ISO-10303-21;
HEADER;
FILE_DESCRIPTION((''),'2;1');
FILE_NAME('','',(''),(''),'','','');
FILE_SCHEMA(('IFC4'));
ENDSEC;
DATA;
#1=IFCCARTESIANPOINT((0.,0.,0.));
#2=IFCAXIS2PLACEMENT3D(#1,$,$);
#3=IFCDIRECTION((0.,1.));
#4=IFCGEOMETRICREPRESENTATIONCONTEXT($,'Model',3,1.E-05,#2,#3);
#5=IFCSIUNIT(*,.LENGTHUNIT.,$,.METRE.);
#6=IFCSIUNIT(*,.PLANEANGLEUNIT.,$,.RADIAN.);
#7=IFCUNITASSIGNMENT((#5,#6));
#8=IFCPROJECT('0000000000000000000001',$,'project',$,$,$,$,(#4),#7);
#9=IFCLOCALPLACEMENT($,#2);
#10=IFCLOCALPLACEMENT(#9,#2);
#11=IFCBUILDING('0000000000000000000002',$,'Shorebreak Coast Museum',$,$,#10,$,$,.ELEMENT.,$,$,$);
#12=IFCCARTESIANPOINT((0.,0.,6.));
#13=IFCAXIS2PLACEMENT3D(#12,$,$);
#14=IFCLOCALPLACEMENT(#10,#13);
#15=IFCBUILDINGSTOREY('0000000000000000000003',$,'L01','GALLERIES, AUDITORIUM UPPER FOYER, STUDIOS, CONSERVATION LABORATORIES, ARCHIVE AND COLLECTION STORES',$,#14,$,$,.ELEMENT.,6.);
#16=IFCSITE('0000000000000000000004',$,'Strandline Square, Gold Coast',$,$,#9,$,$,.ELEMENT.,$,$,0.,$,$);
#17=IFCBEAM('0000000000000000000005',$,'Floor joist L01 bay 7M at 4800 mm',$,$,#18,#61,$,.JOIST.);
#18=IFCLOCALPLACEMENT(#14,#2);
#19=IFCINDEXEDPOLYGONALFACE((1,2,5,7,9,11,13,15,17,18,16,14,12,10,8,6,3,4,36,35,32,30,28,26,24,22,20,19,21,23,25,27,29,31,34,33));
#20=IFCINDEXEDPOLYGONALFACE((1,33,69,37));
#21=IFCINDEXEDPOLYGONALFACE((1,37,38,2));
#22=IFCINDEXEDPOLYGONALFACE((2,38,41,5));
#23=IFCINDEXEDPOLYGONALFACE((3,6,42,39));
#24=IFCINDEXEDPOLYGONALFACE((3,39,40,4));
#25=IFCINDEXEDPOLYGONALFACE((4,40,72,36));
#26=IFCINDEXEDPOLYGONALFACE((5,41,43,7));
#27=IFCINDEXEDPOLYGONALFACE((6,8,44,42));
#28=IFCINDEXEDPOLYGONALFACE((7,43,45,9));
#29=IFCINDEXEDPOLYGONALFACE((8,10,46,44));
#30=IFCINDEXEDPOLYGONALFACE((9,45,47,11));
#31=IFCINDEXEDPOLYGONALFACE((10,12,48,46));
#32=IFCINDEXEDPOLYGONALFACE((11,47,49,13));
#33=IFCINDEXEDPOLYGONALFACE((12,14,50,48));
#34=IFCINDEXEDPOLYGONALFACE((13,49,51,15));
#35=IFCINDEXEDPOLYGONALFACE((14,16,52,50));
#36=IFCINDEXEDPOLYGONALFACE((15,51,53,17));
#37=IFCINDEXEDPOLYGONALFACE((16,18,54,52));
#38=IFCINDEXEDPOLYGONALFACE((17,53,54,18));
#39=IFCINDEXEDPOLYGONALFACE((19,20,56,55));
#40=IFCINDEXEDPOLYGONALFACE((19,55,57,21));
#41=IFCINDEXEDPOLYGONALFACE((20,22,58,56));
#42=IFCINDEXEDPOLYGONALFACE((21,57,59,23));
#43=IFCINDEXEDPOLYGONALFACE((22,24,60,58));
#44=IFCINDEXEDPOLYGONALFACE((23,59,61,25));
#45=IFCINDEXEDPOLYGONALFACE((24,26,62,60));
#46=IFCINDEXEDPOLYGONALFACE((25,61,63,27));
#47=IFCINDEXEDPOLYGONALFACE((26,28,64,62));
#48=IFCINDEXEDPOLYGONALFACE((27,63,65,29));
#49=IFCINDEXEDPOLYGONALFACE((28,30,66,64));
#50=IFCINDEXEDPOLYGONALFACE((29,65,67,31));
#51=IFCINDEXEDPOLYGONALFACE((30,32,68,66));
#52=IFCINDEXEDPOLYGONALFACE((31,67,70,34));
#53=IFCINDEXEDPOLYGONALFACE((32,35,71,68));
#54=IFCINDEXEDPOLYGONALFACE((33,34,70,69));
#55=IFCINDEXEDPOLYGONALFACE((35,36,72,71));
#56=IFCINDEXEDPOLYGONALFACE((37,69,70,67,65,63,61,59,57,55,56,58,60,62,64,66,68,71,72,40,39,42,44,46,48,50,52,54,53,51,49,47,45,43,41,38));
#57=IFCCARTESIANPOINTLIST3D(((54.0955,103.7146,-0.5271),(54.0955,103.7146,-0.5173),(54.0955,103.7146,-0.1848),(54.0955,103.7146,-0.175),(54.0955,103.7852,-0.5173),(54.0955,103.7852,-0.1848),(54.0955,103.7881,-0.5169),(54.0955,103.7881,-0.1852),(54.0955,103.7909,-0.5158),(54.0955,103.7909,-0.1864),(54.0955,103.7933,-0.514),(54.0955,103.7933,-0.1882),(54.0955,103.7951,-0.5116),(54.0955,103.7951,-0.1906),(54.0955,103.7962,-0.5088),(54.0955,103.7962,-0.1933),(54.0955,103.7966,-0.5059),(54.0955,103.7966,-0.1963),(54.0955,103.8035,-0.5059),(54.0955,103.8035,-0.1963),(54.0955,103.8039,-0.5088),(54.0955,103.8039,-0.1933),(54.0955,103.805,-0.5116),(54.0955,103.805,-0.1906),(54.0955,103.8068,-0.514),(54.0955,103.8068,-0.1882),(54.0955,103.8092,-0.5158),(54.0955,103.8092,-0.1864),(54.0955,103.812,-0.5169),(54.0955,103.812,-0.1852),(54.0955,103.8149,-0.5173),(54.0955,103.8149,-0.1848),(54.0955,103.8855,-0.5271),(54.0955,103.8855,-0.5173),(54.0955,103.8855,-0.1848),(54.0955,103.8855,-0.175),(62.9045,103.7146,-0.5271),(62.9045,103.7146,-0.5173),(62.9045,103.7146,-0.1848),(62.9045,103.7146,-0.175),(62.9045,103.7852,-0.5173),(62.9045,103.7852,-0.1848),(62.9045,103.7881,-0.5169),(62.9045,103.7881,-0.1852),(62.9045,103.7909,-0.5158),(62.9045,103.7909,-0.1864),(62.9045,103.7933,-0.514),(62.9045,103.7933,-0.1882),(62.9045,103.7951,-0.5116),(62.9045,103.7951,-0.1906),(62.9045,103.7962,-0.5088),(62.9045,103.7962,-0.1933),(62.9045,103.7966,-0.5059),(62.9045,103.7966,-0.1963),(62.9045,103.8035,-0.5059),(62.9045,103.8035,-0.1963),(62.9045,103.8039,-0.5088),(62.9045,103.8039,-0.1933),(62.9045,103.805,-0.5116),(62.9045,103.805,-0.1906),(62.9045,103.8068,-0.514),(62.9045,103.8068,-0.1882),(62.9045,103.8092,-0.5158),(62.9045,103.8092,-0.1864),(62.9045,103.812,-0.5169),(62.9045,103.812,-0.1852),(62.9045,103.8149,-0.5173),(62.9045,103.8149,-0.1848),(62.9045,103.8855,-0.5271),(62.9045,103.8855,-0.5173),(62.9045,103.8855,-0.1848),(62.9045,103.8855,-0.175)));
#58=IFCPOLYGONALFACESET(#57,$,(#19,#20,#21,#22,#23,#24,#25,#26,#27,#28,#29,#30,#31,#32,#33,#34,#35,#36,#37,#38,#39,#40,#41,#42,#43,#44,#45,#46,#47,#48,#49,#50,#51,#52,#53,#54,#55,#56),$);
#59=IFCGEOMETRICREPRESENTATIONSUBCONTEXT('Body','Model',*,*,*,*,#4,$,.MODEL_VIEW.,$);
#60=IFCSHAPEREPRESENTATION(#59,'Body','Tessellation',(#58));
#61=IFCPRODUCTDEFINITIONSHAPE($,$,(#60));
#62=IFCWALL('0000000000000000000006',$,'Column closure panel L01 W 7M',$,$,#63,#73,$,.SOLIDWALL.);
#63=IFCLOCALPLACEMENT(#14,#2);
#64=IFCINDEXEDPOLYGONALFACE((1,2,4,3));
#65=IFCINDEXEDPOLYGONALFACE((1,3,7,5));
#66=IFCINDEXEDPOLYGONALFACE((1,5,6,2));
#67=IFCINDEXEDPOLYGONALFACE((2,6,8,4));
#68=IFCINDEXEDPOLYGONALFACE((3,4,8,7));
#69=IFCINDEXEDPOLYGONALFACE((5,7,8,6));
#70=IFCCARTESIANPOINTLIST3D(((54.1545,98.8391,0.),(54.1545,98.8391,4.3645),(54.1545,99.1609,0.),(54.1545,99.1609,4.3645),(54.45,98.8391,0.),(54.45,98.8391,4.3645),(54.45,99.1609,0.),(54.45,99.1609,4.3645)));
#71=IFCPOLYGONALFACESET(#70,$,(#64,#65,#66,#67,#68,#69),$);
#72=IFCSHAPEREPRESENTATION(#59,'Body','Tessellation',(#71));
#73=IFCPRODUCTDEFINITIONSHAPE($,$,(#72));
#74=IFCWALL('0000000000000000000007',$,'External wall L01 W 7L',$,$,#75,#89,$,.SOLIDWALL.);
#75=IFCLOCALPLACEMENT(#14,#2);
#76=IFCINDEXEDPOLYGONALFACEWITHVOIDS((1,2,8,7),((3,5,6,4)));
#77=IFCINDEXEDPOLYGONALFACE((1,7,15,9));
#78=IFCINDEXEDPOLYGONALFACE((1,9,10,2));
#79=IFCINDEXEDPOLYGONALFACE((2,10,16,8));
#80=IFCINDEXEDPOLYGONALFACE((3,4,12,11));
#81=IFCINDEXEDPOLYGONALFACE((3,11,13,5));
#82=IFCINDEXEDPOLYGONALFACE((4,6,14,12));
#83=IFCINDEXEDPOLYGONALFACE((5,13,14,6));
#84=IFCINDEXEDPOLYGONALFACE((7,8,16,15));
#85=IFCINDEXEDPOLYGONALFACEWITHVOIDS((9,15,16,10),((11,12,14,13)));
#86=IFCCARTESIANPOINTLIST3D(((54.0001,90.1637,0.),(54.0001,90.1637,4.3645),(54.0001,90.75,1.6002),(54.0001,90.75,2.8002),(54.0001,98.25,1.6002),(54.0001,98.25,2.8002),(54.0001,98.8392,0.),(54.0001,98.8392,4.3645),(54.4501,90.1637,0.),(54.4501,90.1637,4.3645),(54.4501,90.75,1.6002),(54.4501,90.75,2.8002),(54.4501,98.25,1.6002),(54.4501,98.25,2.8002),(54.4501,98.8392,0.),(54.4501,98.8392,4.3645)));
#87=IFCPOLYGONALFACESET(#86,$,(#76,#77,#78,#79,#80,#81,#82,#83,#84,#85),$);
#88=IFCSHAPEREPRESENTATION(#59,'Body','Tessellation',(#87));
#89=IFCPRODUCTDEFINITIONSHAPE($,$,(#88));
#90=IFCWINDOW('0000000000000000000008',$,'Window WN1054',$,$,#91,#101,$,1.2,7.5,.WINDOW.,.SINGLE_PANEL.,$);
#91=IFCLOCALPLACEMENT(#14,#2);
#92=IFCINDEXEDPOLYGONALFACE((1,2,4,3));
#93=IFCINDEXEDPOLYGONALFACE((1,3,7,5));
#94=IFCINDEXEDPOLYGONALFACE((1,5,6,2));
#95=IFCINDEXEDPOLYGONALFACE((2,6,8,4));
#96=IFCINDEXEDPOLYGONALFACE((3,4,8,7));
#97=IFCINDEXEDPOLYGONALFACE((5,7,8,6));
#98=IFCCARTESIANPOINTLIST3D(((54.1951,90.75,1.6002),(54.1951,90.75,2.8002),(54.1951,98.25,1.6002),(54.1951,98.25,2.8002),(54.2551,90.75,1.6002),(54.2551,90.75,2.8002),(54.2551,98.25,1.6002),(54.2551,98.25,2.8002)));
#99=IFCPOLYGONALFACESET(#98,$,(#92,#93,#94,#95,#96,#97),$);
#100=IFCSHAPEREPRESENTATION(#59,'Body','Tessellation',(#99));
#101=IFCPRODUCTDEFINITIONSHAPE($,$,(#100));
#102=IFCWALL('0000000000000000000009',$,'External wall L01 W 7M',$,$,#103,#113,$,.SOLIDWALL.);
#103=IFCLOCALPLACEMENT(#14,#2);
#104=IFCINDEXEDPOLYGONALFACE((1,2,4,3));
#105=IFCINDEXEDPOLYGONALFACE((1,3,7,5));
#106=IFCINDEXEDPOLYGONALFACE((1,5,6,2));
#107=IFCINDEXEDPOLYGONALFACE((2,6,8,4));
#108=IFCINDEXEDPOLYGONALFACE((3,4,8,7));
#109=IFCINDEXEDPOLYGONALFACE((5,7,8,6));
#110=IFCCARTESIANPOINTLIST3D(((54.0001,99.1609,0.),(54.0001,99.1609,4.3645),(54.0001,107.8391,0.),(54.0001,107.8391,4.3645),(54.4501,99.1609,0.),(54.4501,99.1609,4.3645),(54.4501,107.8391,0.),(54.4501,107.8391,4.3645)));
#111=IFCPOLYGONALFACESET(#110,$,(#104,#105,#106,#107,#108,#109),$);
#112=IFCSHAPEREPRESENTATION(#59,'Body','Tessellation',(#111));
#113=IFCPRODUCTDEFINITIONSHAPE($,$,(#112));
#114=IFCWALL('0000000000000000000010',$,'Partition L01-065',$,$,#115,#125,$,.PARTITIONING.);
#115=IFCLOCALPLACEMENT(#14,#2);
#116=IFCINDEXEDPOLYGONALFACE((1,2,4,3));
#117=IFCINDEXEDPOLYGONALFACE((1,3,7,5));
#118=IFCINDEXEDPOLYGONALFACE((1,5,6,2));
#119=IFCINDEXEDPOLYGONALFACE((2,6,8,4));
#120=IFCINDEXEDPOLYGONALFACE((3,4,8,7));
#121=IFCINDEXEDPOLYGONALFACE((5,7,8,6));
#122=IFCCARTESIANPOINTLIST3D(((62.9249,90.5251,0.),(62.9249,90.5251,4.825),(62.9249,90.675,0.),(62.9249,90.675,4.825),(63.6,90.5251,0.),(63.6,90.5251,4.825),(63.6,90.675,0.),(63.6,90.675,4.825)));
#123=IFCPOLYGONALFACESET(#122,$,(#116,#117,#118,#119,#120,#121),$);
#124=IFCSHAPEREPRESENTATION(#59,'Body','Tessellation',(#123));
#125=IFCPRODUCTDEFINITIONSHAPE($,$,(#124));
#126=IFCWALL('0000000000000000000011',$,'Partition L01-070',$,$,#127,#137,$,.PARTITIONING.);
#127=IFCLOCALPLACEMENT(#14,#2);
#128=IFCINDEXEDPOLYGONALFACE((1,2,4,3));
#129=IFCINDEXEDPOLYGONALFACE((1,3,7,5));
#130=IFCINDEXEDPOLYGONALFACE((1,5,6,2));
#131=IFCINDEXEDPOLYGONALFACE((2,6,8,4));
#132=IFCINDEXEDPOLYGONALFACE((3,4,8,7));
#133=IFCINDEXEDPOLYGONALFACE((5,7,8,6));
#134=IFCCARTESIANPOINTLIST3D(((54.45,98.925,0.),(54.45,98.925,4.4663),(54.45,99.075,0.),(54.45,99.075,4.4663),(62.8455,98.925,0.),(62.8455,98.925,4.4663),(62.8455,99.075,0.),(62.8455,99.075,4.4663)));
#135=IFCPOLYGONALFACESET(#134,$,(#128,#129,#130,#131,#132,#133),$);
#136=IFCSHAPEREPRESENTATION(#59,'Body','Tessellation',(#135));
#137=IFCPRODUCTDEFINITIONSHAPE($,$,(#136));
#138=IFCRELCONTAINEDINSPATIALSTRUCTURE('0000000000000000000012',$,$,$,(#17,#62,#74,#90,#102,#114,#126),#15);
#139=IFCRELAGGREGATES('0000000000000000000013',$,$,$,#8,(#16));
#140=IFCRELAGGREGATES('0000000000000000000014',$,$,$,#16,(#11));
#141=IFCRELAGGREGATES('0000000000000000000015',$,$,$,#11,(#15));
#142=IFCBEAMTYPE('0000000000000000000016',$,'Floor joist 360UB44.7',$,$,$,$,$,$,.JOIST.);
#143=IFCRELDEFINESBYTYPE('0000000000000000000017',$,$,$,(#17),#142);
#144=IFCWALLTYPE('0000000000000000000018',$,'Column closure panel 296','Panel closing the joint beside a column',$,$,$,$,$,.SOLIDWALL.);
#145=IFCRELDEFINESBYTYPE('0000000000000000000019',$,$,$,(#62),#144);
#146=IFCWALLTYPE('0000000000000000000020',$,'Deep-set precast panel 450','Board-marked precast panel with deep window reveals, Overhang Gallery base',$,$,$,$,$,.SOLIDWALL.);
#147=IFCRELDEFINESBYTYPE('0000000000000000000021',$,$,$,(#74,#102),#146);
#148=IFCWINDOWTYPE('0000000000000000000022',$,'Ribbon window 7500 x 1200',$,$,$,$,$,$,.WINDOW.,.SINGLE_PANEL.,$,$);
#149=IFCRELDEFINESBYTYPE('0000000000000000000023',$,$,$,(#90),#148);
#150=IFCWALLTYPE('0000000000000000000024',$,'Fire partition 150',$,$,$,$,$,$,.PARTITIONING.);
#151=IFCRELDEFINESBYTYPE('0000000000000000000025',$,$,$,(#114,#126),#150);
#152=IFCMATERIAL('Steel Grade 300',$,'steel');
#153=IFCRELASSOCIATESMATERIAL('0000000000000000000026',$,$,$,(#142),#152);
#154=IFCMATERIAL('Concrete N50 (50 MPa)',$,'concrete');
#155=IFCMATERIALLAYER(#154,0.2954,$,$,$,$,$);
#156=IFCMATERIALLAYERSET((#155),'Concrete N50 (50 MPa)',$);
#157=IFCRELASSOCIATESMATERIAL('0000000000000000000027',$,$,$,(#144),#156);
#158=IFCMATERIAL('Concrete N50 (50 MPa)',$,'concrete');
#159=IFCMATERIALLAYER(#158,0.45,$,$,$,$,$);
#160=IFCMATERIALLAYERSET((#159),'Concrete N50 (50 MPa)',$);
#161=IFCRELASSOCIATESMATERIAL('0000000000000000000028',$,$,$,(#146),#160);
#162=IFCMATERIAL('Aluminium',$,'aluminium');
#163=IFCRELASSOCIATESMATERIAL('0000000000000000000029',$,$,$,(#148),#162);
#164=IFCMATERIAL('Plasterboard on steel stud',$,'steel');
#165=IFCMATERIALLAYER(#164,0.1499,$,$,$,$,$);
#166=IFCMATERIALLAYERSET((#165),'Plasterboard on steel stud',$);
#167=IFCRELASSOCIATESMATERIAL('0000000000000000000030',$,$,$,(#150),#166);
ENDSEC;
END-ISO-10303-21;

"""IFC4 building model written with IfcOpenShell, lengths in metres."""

from ifc_helpers import new_model, si_unit, direction, frame, frame_2d, origin, origin_2d, place, context, subcontext, project, spatial, rectangle, i_section, extrude, material, layer, layer_set, material_profile, profile_set, type_object, element, fill, save


model = new_model("IFC4")

# Units and contexts
model_context = context("Model", 3, precision=1e-05, world=origin(), true_north=direction((0.0, 1.0)))
body_context = subcontext(model_context, "Body", "Model", "MODEL_VIEW")
ifc_project = project(units=[si_unit("LENGTHUNIT", "METRE"), si_unit("PLANEANGLEUNIT", "RADIAN")], contexts=[model_context])

# Site, building, storey
site_placement = place(None, origin())
site = spatial("IfcSite", under=ifc_project, at=site_placement, Name="Strandline Square, Gold Coast", CompositionType="ELEMENT", RefElevation=0.0)
building_placement = place(site_placement, origin())
building = spatial("IfcBuilding", under=site, at=building_placement, Name="Shorebreak Coast Museum", CompositionType="ELEMENT")
storey_placement = place(building_placement, frame((0.0, 0.0, 6.0)))
storey = spatial("IfcBuildingStorey", under=building, at=storey_placement, Name="L01", Description="GALLERIES, AUDITORIUM UPPER FOYER, STUDIOS, CONSERVATION LABORATORIES, ARCHIVE AND COLLECTION STORES", CompositionType="ELEMENT", Elevation=6.0)

# Beam
ifc_material_1 = material(Name="Steel Grade 300", Category="steel")
ifc_material_profile_1 = material_profile(ifc_material_1, i_section(OverallWidth=0.1709, OverallDepth=0.3521, WebThickness=0.0068, FlangeThickness=0.0098, FilletRadius=0.0115, at=origin_2d()), Name="360UB44.7")
ifc_profile_set_1 = profile_set([ifc_material_profile_1], Name="Steel Grade 300")
beam_type_1 = type_object("IfcBeamType", Name="Floor joist 360UB44.7", PredefinedType="JOIST", material=ifc_profile_set_1)
for number, where, z_axis, x_axis, name in (
    (1, (54.0955, 103.8, -0.3511), (1.0, 0.0, 0.0), (0.0, 1.0, 0.0), "Floor joist L01 bay 7M at 4800 mm"),
):
    element("IfcBeam", number, at=place(storey_placement, frame(where, z_axis=z_axis, x_axis=x_axis)), inside=storey, type_object=beam_type_1, Name=name, PredefinedType="JOIST", context=body_context, shape_type="SweptSolid", body=[
        extrude(i_section(OverallWidth=0.1709, OverallDepth=0.3521, WebThickness=0.0068, FlangeThickness=0.0098, FilletRadius=0.0115, at=origin_2d()), origin(), (0.0, 0.0, 1.0), 8.8091),
    ])

# Wall
ifc_material_2 = material(Name="Concrete N50 (50 MPa)", Category="concrete")
ifc_layer_1 = layer(ifc_material_2, 0.2954)
ifc_layer_set_1 = layer_set([ifc_layer_1], Name="Concrete N50 (50 MPa)")
wall_type_1 = type_object("IfcWallType", Name="Column closure panel 296", Description="Panel closing the joint beside a column", PredefinedType="SOLIDWALL", material=ifc_layer_set_1)
wall_1_placement = place(storey_placement, frame((54.3022, 98.8391, 0.0), z_axis=(0.0, 0.0, 1.0), x_axis=(0.0, 1.0, 0.0)))
element("IfcWall", 2, at=wall_1_placement, inside=storey, type_object=wall_type_1, Name="Column closure panel L01 W 7M", PredefinedType="SOLIDWALL", context=body_context, shape_type="SweptSolid", body=[
    extrude(rectangle(XDim=0.3218, YDim=0.2954, at=frame_2d((0.1609, 0.0))), origin(), (0.0, 0.0, 1.0), 4.3645),
])

# Wall, opening, window
ifc_material_3 = material(Name="Concrete N50 (50 MPa)", Category="concrete")
ifc_layer_2 = layer(ifc_material_3, 0.45)
ifc_layer_set_2 = layer_set([ifc_layer_2], Name="Concrete N50 (50 MPa)")
wall_type_2 = type_object("IfcWallType", Name="Deep-set precast panel 450", Description="Board-marked precast panel with deep window reveals, Overhang Gallery base", PredefinedType="SOLIDWALL", material=ifc_layer_set_2)
wall_2_placement = place(storey_placement, frame((54.2251, 90.1636, 0.0), z_axis=(0.0, 0.0, 1.0), x_axis=(0.0, 1.0, 0.0)))
wall_2 = element("IfcWall", 3, at=wall_2_placement, inside=storey, type_object=wall_type_2, Name="External wall L01 W 7L", PredefinedType="SOLIDWALL", context=body_context, shape_type="SweptSolid", body=[
    extrude(rectangle(XDim=8.6755, YDim=0.45, at=frame_2d((4.3379, 0.0))), origin(), (0.0, 0.0, 1.0), 4.3645),
])
opening_1_placement = place(wall_2_placement, frame((0.5864, 0.0, 1.6001)))
opening_1 = element("IfcOpeningElement", 4, at=opening_1_placement, cuts=wall_2, PredefinedType="OPENING", context=body_context, shape_type="SweptSolid", body=[
    extrude(rectangle(XDim=7.5, YDim=1.2, at=frame_2d((3.75, 0.6001))), frame((0.0, 0.2349, 0.0), z_axis=(0.0, -1.0, 0.0), x_axis=(1.0, 0.0, 0.0)), (0.0, 0.0, 1.0), 0.47),
])
ifc_material_4 = material(Name="Aluminium", Category="aluminium")
window_type = type_object("IfcWindowType", Name="Ribbon window 7500 x 1200", PartitioningType="SINGLE_PANEL", PredefinedType="WINDOW", material=ifc_material_4)
window_placement = place(opening_1_placement, origin())
window = element("IfcWindow", 5, at=window_placement, inside=storey, type_object=window_type, Name="Window WN1054", OverallHeight=1.2, OverallWidth=7.5, PartitioningType="SINGLE_PANEL", PredefinedType="WINDOW", context=body_context, shape_type="SweptSolid", body=[
    extrude(rectangle(XDim=7.5, YDim=1.2, at=frame_2d((3.75, 0.6001))), frame((0.0, 0.03, 0.0), z_axis=(0.0, -1.0, 0.0), x_axis=(1.0, 0.0, 0.0)), (0.0, 0.0, 1.0), 0.0601),
])
fill(opening_1, window)

# Walls
wall_3_placement = place(storey_placement, frame((54.2251, 99.1609, 0.0), z_axis=(0.0, 0.0, 1.0), x_axis=(0.0, 1.0, 0.0)))
element("IfcWall", 6, at=wall_3_placement, inside=storey, type_object=wall_type_2, Name="External wall L01 W 7M", PredefinedType="SOLIDWALL", context=body_context, shape_type="SweptSolid", body=[
    extrude(rectangle(XDim=8.6782, YDim=0.45, at=frame_2d((4.3391, 0.0))), origin(), (0.0, 0.0, 1.0), 4.3645),
])
ifc_material_5 = material(Name="Plasterboard on steel stud", Category="steel")
ifc_layer_3 = layer(ifc_material_5, 0.1499)
ifc_layer_set_3 = layer_set([ifc_layer_3], Name="Plasterboard on steel stud")
wall_type_3 = type_object("IfcWallType", Name="Fire partition 150", PredefinedType="PARTITIONING", material=ifc_layer_set_3)
wall_4_placement = place(storey_placement, frame((62.925, 90.6001, 0.0), z_axis=(0.0, 0.0, 1.0), x_axis=(1.0, 0.0, 0.0)))
element("IfcWall", 7, at=wall_4_placement, inside=storey, type_object=wall_type_3, Name="Partition L01-065", PredefinedType="PARTITIONING", context=body_context, shape_type="SweptSolid", body=[
    extrude(rectangle(XDim=0.675, YDim=0.1499, at=frame_2d((0.3374, 0.0))), origin(), (0.0, 0.0, 1.0), 4.825),
])
wall_5_placement = place(storey_placement, frame((54.45, 99.0, 0.0), z_axis=(0.0, 0.0, 1.0), x_axis=(1.0, 0.0, 0.0)))
element("IfcWall", 8, at=wall_5_placement, inside=storey, type_object=wall_type_3, Name="Partition L01-070", PredefinedType="PARTITIONING", context=body_context, shape_type="SweptSolid", body=[
    extrude(rectangle(XDim=8.3955, YDim=0.1499, at=frame_2d((4.1978, 0.0))), origin(), (0.0, 0.0, 1.0), 4.4663),
])

save(model, "model.ifc")
